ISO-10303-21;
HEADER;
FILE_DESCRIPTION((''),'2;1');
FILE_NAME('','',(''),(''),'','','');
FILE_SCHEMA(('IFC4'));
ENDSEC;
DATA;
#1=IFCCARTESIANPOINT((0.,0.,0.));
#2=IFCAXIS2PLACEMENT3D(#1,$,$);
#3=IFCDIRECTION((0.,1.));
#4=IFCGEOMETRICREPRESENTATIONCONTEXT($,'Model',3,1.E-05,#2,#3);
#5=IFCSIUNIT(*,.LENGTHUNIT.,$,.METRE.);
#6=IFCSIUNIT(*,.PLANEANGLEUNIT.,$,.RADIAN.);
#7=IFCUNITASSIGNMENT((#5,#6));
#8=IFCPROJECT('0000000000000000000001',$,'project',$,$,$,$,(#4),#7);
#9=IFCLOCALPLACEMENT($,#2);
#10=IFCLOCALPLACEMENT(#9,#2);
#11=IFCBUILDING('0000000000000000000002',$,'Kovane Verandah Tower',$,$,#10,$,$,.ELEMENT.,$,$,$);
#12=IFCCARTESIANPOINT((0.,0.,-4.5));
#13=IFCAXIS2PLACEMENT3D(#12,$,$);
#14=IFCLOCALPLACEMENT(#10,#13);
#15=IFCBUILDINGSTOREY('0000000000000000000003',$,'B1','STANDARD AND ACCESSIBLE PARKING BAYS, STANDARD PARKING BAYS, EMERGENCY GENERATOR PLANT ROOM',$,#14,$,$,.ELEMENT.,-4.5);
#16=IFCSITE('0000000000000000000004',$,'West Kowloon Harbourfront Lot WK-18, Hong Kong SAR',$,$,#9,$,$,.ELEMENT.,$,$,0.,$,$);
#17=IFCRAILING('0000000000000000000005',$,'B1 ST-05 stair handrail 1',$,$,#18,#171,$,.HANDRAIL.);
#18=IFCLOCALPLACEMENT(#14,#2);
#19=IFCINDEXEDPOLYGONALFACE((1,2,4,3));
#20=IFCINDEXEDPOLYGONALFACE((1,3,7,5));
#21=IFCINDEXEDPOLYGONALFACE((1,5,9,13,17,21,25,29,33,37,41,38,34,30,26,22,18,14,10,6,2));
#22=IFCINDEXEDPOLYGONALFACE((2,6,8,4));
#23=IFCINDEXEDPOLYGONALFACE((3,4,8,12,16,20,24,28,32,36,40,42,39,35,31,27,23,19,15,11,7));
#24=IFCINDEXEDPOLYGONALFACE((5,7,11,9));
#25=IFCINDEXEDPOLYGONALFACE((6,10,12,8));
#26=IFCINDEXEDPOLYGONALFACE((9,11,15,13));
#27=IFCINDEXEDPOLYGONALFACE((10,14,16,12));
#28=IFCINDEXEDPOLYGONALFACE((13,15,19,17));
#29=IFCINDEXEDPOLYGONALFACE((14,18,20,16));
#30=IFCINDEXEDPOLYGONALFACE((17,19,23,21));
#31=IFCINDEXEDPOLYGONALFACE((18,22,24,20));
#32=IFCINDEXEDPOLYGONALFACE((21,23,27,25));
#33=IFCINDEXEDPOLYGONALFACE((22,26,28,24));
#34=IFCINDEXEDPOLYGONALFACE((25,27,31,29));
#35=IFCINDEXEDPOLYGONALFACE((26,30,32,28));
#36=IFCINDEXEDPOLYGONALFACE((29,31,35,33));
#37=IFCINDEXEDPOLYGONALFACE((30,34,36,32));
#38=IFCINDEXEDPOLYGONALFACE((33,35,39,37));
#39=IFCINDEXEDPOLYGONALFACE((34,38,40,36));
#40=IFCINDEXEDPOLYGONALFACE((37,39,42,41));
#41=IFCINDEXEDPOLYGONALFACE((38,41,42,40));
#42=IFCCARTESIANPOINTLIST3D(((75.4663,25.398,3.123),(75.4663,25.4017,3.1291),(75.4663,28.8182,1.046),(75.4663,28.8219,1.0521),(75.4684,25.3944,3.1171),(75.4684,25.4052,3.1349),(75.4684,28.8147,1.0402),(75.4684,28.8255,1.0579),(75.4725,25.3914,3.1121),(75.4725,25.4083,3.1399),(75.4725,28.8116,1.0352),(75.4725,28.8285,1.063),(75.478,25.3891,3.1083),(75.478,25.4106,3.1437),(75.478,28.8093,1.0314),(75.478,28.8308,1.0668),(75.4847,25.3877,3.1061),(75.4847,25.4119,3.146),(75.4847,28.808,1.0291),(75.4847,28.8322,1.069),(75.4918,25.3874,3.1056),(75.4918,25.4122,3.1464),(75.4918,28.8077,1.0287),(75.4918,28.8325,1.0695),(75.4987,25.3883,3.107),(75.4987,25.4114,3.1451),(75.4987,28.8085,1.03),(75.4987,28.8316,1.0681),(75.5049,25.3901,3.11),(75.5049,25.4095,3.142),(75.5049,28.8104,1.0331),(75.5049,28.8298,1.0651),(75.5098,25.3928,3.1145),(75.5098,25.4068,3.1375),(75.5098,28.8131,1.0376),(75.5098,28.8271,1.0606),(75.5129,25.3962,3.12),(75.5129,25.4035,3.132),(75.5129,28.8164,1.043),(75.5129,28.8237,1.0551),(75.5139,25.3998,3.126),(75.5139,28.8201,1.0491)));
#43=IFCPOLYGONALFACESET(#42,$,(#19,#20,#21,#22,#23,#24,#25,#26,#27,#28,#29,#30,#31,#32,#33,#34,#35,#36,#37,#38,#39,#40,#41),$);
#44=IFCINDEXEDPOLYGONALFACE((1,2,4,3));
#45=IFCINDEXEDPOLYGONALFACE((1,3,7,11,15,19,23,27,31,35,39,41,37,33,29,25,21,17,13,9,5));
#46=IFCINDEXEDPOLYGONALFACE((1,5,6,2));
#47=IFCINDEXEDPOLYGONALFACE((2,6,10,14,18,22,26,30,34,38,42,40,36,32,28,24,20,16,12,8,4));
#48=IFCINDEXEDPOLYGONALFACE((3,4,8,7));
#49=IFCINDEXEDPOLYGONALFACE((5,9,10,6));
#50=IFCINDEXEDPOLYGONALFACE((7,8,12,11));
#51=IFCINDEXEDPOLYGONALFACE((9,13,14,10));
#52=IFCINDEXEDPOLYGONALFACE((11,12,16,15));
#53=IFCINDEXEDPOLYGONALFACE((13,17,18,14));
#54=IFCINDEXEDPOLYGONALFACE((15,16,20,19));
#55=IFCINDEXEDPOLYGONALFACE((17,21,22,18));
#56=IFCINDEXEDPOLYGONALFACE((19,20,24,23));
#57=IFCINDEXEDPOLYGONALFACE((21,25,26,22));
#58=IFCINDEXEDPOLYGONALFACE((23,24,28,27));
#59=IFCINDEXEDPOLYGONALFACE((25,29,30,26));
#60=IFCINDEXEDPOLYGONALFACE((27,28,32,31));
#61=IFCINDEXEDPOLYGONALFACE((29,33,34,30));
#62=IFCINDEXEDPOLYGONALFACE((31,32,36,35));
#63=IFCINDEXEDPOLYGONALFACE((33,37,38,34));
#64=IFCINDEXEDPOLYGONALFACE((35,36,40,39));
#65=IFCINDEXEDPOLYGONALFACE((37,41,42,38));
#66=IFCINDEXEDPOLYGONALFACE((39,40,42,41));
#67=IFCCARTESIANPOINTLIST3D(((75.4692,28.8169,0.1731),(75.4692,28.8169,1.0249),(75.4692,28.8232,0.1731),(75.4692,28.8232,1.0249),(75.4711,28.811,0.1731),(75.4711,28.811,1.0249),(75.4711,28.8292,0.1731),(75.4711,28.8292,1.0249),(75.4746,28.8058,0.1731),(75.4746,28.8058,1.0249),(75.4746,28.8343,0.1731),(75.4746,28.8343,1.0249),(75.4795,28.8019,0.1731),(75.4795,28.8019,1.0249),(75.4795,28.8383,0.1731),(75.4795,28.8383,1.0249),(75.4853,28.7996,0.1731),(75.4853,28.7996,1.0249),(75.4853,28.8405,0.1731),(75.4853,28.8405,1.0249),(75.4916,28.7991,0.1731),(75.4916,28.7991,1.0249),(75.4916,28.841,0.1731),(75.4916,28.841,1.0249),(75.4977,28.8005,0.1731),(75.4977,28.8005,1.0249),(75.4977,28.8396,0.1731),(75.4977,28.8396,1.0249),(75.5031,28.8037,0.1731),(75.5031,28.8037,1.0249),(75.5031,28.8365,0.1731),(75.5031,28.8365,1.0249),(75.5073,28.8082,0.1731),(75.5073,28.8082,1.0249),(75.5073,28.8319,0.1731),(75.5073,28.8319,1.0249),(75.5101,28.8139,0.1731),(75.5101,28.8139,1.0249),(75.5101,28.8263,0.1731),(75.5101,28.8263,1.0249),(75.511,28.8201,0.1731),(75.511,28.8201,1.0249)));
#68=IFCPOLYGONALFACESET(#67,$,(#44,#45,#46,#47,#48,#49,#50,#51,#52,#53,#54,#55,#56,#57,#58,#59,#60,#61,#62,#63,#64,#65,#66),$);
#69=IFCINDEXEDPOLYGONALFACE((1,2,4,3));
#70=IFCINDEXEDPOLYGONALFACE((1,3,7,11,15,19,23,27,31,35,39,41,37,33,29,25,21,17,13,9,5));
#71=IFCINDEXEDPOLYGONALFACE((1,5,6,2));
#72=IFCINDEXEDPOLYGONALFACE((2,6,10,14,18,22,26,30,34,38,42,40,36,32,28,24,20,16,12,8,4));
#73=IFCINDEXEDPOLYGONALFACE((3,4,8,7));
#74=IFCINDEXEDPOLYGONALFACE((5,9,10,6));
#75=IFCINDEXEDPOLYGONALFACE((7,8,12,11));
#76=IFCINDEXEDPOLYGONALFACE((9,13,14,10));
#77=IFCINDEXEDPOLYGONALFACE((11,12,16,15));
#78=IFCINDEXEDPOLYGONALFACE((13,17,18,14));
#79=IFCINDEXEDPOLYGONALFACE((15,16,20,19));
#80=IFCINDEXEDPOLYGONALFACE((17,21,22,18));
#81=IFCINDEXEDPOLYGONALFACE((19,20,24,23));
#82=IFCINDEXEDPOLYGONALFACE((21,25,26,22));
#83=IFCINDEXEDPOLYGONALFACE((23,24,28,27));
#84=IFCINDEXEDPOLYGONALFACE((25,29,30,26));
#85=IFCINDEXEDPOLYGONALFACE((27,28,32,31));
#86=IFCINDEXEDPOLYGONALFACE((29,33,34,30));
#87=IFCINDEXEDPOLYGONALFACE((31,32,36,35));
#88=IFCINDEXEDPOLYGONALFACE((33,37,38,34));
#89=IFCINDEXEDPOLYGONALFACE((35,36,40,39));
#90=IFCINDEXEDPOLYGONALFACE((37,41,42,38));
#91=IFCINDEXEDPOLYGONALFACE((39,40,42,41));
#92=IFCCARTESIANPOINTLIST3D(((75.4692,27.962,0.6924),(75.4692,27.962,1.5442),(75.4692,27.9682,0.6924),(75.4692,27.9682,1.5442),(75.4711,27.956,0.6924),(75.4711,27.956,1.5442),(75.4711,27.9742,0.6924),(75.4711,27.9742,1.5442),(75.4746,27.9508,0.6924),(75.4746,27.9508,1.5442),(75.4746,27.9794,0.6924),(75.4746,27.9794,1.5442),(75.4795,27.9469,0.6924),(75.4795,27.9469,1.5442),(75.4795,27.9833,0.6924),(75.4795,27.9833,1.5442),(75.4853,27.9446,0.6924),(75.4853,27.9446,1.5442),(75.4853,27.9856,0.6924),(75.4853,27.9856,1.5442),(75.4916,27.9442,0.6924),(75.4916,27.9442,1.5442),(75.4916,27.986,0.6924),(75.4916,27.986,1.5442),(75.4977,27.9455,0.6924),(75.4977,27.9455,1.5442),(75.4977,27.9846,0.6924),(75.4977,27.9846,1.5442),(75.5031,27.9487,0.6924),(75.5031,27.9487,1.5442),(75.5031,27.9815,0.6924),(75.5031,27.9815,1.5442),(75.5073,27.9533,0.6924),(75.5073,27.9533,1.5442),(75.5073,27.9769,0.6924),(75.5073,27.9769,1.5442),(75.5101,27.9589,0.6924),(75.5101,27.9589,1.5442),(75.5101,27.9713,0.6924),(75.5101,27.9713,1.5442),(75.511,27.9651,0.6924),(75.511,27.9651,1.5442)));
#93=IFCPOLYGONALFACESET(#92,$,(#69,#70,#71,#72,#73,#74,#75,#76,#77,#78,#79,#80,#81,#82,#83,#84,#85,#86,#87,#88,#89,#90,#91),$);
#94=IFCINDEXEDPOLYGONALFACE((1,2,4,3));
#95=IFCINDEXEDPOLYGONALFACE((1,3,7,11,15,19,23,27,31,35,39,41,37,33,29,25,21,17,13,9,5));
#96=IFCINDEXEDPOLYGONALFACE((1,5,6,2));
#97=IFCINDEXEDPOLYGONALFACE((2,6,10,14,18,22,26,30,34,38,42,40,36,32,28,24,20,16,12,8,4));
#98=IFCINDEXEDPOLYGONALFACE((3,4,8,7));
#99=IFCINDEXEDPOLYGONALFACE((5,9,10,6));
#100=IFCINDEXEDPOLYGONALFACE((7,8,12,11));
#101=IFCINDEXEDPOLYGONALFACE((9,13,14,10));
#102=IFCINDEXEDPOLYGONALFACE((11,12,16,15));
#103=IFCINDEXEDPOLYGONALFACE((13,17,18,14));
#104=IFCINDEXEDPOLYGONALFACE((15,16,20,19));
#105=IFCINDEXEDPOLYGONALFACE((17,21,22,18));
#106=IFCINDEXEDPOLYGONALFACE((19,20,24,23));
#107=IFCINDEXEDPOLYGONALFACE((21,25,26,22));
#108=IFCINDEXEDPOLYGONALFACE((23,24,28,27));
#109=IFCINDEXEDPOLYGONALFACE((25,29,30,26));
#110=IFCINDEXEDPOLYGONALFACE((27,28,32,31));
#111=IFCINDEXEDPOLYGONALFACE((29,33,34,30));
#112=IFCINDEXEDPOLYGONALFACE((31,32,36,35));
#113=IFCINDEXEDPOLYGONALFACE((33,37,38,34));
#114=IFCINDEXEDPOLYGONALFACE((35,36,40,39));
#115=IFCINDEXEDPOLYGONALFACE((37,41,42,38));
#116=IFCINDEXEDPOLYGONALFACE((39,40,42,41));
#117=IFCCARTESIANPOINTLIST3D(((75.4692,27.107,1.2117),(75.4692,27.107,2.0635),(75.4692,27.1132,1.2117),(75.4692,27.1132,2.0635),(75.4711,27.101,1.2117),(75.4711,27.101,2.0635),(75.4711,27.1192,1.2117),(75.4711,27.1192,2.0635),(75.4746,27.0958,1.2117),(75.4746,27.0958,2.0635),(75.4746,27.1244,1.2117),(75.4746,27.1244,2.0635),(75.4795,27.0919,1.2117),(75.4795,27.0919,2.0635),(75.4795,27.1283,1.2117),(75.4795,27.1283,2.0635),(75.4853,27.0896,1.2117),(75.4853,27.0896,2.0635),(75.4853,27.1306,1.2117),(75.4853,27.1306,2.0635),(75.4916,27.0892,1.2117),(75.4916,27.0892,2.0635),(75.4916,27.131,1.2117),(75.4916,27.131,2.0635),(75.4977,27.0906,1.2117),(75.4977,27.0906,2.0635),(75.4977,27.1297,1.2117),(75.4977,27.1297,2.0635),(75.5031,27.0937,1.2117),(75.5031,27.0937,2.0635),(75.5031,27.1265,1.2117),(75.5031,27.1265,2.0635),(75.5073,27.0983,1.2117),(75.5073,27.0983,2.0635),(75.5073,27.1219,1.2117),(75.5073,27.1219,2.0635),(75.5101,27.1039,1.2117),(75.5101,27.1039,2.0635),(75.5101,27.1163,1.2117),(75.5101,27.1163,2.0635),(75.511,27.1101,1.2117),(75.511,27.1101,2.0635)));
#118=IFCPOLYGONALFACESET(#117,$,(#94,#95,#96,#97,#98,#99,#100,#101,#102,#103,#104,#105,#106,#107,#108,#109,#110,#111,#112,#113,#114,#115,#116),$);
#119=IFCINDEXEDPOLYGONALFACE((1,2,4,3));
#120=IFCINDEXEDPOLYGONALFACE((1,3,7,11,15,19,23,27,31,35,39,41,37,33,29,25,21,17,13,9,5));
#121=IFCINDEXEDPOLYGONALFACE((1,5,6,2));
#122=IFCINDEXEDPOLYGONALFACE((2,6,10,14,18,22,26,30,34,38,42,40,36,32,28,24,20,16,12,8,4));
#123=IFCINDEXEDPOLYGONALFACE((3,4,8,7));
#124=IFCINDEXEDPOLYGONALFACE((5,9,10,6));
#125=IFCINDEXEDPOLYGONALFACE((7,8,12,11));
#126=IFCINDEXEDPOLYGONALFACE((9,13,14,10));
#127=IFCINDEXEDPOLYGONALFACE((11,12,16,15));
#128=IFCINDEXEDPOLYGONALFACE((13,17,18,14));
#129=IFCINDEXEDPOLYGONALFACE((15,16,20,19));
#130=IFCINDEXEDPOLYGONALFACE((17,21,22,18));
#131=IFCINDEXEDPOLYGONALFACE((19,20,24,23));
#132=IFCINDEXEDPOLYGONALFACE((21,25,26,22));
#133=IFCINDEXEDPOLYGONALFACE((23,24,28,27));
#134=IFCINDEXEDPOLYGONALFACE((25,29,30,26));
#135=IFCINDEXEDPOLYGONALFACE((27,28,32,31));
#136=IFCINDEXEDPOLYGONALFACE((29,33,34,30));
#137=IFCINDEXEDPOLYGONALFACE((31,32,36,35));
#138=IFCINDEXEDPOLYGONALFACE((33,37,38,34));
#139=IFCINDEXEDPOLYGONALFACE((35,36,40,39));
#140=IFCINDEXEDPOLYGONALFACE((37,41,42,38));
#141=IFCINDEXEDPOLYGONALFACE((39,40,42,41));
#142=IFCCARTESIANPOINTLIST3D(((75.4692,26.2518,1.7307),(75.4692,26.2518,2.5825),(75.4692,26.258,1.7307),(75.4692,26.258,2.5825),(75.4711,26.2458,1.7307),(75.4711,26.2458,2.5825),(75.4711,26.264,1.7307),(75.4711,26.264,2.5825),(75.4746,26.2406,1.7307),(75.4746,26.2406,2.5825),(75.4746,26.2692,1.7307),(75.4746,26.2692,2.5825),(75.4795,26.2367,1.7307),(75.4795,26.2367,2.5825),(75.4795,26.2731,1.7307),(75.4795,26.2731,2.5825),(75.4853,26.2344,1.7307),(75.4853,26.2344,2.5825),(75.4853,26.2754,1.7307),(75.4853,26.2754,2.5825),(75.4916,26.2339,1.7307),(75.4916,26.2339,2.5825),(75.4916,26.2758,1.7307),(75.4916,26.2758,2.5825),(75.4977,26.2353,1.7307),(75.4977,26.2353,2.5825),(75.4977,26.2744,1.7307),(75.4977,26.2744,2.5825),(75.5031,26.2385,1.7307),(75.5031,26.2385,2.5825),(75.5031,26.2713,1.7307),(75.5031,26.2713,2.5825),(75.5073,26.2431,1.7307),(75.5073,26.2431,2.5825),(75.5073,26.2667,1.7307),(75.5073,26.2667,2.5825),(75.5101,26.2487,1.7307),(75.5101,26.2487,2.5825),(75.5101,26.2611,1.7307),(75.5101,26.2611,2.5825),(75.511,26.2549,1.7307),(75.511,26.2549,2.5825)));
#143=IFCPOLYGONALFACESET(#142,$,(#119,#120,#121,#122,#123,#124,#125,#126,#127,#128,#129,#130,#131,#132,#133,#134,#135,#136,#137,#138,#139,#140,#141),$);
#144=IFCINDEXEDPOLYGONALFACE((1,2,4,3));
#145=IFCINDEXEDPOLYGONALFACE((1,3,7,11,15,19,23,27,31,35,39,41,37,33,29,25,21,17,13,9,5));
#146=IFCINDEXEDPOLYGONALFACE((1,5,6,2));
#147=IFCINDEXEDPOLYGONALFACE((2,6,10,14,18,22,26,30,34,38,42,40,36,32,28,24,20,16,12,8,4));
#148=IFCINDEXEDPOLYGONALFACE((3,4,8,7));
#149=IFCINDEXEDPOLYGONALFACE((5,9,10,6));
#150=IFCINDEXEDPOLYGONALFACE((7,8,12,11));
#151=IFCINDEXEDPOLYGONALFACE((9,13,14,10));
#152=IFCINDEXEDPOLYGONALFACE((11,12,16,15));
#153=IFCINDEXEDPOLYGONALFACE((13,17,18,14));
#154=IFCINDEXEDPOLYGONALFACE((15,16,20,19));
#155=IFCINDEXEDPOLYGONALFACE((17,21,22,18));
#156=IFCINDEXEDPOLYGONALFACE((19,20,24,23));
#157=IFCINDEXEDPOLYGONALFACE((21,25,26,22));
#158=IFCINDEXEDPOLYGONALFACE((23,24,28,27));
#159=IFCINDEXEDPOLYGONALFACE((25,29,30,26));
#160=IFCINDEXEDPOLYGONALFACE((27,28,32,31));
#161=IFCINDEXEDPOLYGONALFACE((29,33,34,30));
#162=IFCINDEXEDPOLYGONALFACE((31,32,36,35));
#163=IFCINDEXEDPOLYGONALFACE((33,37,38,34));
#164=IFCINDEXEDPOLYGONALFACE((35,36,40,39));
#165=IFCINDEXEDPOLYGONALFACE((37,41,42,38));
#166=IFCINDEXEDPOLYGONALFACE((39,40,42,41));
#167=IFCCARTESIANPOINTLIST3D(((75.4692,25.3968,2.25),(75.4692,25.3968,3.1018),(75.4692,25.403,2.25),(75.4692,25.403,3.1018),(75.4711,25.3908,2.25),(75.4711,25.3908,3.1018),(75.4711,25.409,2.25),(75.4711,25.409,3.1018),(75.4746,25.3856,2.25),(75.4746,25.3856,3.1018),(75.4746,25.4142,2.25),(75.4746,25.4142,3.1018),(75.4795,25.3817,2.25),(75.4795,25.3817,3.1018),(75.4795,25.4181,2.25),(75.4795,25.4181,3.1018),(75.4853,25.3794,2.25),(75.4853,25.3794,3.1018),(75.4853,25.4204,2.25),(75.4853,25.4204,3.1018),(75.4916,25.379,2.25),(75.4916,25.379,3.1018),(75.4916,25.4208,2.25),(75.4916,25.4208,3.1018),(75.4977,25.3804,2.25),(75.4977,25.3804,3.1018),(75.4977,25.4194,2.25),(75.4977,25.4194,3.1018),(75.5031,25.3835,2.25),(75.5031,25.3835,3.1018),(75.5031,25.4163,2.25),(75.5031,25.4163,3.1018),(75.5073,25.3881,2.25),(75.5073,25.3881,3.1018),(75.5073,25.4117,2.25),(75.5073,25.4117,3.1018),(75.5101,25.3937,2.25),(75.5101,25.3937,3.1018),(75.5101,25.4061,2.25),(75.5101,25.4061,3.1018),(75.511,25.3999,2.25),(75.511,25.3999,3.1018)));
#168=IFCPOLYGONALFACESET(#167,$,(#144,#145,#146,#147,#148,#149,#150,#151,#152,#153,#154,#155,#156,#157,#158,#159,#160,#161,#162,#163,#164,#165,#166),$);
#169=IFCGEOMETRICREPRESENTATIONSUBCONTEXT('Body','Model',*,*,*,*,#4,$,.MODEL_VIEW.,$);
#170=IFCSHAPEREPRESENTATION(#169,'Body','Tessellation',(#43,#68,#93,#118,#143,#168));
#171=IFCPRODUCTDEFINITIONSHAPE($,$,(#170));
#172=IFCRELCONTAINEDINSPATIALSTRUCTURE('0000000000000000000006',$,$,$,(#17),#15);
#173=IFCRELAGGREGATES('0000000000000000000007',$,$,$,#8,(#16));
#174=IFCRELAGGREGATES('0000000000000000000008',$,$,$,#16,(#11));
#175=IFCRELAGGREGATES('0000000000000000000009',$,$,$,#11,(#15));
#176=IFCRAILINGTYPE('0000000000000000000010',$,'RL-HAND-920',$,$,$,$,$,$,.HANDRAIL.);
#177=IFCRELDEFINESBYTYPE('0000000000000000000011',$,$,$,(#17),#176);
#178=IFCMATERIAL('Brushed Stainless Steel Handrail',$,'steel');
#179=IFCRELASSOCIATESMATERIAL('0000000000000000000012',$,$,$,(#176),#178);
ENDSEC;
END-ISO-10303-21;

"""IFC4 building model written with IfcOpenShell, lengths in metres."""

from ifc_helpers import new_model, si_unit, direction, frame, origin, origin_2d, place, context, subcontext, project, spatial, circle, extrude, material, type_object, element, save


model = new_model("IFC4")

# Units and contexts
model_context = context("Model", 3, precision=1e-05, world=origin(), true_north=direction((0.0, 1.0)))
body_context = subcontext(model_context, "Body", "Model", "MODEL_VIEW")
ifc_project = project(units=[si_unit("LENGTHUNIT", "METRE"), si_unit("PLANEANGLEUNIT", "RADIAN")], contexts=[model_context])

# Site, building, storey
site_placement = place(None, origin())
site = spatial("IfcSite", under=ifc_project, at=site_placement, Name="West Kowloon Harbourfront Lot WK-18, Hong Kong SAR", CompositionType="ELEMENT", RefElevation=0.0)
building_placement = place(site_placement, origin())
building = spatial("IfcBuilding", under=site, at=building_placement, Name="Kovane Verandah Tower", CompositionType="ELEMENT")
storey_placement = place(building_placement, frame((0.0, 0.0, -4.5)))
storey = spatial("IfcBuildingStorey", under=building, at=storey_placement, Name="B1", Description="STANDARD AND ACCESSIBLE PARKING BAYS, STANDARD PARKING BAYS, EMERGENCY GENERATOR PLANT ROOM", CompositionType="ELEMENT", Elevation=-4.5)

# Railing
ifc_material_1 = material(Name="Brushed Stainless Steel Handrail", Category="steel")
railing_type_1 = type_object("IfcRailingType", Name="RL-HAND-920", PredefinedType="HANDRAIL", material=ifc_material_1)
railing_1_placement = place(storey_placement, frame((75.49, 28.8201, 0.1731)))
element("IfcRailing", 1, at=railing_1_placement, inside=storey, type_object=railing_type_1, Name="B1 ST-05 stair handrail 1", PredefinedType="HANDRAIL", context=body_context, shape_type="SweptSolid", body=[
    extrude(circle(Radius=0.0239, at=origin_2d()), frame((0.0, 0.0, 0.876), z_axis=(0.0, -0.854746, 0.519047), x_axis=(1.0, 0.0, 0.0)), (0.0, 0.0, 1.0), 4.0015),
    extrude(circle(Radius=0.021, at=origin_2d()), origin(), (0.0, 0.0, 1.0), 0.8518),
    extrude(circle(Radius=0.021, at=origin_2d()), frame((0.0, -0.855, 0.5193)), (0.0, 0.0, 1.0), 0.8518),
    extrude(circle(Radius=0.021, at=origin_2d()), frame((0.0, -1.71, 1.0386)), (0.0, 0.0, 1.0), 0.8518),
    extrude(circle(Radius=0.021, at=origin_2d()), frame((0.0, -2.5652, 1.5576)), (0.0, 0.0, 1.0), 0.8518),
    extrude(circle(Radius=0.021, at=origin_2d()), frame((0.0, -3.4202, 2.0769)), (0.0, 0.0, 1.0), 0.8518),
])

save(model, "model.ifc")
